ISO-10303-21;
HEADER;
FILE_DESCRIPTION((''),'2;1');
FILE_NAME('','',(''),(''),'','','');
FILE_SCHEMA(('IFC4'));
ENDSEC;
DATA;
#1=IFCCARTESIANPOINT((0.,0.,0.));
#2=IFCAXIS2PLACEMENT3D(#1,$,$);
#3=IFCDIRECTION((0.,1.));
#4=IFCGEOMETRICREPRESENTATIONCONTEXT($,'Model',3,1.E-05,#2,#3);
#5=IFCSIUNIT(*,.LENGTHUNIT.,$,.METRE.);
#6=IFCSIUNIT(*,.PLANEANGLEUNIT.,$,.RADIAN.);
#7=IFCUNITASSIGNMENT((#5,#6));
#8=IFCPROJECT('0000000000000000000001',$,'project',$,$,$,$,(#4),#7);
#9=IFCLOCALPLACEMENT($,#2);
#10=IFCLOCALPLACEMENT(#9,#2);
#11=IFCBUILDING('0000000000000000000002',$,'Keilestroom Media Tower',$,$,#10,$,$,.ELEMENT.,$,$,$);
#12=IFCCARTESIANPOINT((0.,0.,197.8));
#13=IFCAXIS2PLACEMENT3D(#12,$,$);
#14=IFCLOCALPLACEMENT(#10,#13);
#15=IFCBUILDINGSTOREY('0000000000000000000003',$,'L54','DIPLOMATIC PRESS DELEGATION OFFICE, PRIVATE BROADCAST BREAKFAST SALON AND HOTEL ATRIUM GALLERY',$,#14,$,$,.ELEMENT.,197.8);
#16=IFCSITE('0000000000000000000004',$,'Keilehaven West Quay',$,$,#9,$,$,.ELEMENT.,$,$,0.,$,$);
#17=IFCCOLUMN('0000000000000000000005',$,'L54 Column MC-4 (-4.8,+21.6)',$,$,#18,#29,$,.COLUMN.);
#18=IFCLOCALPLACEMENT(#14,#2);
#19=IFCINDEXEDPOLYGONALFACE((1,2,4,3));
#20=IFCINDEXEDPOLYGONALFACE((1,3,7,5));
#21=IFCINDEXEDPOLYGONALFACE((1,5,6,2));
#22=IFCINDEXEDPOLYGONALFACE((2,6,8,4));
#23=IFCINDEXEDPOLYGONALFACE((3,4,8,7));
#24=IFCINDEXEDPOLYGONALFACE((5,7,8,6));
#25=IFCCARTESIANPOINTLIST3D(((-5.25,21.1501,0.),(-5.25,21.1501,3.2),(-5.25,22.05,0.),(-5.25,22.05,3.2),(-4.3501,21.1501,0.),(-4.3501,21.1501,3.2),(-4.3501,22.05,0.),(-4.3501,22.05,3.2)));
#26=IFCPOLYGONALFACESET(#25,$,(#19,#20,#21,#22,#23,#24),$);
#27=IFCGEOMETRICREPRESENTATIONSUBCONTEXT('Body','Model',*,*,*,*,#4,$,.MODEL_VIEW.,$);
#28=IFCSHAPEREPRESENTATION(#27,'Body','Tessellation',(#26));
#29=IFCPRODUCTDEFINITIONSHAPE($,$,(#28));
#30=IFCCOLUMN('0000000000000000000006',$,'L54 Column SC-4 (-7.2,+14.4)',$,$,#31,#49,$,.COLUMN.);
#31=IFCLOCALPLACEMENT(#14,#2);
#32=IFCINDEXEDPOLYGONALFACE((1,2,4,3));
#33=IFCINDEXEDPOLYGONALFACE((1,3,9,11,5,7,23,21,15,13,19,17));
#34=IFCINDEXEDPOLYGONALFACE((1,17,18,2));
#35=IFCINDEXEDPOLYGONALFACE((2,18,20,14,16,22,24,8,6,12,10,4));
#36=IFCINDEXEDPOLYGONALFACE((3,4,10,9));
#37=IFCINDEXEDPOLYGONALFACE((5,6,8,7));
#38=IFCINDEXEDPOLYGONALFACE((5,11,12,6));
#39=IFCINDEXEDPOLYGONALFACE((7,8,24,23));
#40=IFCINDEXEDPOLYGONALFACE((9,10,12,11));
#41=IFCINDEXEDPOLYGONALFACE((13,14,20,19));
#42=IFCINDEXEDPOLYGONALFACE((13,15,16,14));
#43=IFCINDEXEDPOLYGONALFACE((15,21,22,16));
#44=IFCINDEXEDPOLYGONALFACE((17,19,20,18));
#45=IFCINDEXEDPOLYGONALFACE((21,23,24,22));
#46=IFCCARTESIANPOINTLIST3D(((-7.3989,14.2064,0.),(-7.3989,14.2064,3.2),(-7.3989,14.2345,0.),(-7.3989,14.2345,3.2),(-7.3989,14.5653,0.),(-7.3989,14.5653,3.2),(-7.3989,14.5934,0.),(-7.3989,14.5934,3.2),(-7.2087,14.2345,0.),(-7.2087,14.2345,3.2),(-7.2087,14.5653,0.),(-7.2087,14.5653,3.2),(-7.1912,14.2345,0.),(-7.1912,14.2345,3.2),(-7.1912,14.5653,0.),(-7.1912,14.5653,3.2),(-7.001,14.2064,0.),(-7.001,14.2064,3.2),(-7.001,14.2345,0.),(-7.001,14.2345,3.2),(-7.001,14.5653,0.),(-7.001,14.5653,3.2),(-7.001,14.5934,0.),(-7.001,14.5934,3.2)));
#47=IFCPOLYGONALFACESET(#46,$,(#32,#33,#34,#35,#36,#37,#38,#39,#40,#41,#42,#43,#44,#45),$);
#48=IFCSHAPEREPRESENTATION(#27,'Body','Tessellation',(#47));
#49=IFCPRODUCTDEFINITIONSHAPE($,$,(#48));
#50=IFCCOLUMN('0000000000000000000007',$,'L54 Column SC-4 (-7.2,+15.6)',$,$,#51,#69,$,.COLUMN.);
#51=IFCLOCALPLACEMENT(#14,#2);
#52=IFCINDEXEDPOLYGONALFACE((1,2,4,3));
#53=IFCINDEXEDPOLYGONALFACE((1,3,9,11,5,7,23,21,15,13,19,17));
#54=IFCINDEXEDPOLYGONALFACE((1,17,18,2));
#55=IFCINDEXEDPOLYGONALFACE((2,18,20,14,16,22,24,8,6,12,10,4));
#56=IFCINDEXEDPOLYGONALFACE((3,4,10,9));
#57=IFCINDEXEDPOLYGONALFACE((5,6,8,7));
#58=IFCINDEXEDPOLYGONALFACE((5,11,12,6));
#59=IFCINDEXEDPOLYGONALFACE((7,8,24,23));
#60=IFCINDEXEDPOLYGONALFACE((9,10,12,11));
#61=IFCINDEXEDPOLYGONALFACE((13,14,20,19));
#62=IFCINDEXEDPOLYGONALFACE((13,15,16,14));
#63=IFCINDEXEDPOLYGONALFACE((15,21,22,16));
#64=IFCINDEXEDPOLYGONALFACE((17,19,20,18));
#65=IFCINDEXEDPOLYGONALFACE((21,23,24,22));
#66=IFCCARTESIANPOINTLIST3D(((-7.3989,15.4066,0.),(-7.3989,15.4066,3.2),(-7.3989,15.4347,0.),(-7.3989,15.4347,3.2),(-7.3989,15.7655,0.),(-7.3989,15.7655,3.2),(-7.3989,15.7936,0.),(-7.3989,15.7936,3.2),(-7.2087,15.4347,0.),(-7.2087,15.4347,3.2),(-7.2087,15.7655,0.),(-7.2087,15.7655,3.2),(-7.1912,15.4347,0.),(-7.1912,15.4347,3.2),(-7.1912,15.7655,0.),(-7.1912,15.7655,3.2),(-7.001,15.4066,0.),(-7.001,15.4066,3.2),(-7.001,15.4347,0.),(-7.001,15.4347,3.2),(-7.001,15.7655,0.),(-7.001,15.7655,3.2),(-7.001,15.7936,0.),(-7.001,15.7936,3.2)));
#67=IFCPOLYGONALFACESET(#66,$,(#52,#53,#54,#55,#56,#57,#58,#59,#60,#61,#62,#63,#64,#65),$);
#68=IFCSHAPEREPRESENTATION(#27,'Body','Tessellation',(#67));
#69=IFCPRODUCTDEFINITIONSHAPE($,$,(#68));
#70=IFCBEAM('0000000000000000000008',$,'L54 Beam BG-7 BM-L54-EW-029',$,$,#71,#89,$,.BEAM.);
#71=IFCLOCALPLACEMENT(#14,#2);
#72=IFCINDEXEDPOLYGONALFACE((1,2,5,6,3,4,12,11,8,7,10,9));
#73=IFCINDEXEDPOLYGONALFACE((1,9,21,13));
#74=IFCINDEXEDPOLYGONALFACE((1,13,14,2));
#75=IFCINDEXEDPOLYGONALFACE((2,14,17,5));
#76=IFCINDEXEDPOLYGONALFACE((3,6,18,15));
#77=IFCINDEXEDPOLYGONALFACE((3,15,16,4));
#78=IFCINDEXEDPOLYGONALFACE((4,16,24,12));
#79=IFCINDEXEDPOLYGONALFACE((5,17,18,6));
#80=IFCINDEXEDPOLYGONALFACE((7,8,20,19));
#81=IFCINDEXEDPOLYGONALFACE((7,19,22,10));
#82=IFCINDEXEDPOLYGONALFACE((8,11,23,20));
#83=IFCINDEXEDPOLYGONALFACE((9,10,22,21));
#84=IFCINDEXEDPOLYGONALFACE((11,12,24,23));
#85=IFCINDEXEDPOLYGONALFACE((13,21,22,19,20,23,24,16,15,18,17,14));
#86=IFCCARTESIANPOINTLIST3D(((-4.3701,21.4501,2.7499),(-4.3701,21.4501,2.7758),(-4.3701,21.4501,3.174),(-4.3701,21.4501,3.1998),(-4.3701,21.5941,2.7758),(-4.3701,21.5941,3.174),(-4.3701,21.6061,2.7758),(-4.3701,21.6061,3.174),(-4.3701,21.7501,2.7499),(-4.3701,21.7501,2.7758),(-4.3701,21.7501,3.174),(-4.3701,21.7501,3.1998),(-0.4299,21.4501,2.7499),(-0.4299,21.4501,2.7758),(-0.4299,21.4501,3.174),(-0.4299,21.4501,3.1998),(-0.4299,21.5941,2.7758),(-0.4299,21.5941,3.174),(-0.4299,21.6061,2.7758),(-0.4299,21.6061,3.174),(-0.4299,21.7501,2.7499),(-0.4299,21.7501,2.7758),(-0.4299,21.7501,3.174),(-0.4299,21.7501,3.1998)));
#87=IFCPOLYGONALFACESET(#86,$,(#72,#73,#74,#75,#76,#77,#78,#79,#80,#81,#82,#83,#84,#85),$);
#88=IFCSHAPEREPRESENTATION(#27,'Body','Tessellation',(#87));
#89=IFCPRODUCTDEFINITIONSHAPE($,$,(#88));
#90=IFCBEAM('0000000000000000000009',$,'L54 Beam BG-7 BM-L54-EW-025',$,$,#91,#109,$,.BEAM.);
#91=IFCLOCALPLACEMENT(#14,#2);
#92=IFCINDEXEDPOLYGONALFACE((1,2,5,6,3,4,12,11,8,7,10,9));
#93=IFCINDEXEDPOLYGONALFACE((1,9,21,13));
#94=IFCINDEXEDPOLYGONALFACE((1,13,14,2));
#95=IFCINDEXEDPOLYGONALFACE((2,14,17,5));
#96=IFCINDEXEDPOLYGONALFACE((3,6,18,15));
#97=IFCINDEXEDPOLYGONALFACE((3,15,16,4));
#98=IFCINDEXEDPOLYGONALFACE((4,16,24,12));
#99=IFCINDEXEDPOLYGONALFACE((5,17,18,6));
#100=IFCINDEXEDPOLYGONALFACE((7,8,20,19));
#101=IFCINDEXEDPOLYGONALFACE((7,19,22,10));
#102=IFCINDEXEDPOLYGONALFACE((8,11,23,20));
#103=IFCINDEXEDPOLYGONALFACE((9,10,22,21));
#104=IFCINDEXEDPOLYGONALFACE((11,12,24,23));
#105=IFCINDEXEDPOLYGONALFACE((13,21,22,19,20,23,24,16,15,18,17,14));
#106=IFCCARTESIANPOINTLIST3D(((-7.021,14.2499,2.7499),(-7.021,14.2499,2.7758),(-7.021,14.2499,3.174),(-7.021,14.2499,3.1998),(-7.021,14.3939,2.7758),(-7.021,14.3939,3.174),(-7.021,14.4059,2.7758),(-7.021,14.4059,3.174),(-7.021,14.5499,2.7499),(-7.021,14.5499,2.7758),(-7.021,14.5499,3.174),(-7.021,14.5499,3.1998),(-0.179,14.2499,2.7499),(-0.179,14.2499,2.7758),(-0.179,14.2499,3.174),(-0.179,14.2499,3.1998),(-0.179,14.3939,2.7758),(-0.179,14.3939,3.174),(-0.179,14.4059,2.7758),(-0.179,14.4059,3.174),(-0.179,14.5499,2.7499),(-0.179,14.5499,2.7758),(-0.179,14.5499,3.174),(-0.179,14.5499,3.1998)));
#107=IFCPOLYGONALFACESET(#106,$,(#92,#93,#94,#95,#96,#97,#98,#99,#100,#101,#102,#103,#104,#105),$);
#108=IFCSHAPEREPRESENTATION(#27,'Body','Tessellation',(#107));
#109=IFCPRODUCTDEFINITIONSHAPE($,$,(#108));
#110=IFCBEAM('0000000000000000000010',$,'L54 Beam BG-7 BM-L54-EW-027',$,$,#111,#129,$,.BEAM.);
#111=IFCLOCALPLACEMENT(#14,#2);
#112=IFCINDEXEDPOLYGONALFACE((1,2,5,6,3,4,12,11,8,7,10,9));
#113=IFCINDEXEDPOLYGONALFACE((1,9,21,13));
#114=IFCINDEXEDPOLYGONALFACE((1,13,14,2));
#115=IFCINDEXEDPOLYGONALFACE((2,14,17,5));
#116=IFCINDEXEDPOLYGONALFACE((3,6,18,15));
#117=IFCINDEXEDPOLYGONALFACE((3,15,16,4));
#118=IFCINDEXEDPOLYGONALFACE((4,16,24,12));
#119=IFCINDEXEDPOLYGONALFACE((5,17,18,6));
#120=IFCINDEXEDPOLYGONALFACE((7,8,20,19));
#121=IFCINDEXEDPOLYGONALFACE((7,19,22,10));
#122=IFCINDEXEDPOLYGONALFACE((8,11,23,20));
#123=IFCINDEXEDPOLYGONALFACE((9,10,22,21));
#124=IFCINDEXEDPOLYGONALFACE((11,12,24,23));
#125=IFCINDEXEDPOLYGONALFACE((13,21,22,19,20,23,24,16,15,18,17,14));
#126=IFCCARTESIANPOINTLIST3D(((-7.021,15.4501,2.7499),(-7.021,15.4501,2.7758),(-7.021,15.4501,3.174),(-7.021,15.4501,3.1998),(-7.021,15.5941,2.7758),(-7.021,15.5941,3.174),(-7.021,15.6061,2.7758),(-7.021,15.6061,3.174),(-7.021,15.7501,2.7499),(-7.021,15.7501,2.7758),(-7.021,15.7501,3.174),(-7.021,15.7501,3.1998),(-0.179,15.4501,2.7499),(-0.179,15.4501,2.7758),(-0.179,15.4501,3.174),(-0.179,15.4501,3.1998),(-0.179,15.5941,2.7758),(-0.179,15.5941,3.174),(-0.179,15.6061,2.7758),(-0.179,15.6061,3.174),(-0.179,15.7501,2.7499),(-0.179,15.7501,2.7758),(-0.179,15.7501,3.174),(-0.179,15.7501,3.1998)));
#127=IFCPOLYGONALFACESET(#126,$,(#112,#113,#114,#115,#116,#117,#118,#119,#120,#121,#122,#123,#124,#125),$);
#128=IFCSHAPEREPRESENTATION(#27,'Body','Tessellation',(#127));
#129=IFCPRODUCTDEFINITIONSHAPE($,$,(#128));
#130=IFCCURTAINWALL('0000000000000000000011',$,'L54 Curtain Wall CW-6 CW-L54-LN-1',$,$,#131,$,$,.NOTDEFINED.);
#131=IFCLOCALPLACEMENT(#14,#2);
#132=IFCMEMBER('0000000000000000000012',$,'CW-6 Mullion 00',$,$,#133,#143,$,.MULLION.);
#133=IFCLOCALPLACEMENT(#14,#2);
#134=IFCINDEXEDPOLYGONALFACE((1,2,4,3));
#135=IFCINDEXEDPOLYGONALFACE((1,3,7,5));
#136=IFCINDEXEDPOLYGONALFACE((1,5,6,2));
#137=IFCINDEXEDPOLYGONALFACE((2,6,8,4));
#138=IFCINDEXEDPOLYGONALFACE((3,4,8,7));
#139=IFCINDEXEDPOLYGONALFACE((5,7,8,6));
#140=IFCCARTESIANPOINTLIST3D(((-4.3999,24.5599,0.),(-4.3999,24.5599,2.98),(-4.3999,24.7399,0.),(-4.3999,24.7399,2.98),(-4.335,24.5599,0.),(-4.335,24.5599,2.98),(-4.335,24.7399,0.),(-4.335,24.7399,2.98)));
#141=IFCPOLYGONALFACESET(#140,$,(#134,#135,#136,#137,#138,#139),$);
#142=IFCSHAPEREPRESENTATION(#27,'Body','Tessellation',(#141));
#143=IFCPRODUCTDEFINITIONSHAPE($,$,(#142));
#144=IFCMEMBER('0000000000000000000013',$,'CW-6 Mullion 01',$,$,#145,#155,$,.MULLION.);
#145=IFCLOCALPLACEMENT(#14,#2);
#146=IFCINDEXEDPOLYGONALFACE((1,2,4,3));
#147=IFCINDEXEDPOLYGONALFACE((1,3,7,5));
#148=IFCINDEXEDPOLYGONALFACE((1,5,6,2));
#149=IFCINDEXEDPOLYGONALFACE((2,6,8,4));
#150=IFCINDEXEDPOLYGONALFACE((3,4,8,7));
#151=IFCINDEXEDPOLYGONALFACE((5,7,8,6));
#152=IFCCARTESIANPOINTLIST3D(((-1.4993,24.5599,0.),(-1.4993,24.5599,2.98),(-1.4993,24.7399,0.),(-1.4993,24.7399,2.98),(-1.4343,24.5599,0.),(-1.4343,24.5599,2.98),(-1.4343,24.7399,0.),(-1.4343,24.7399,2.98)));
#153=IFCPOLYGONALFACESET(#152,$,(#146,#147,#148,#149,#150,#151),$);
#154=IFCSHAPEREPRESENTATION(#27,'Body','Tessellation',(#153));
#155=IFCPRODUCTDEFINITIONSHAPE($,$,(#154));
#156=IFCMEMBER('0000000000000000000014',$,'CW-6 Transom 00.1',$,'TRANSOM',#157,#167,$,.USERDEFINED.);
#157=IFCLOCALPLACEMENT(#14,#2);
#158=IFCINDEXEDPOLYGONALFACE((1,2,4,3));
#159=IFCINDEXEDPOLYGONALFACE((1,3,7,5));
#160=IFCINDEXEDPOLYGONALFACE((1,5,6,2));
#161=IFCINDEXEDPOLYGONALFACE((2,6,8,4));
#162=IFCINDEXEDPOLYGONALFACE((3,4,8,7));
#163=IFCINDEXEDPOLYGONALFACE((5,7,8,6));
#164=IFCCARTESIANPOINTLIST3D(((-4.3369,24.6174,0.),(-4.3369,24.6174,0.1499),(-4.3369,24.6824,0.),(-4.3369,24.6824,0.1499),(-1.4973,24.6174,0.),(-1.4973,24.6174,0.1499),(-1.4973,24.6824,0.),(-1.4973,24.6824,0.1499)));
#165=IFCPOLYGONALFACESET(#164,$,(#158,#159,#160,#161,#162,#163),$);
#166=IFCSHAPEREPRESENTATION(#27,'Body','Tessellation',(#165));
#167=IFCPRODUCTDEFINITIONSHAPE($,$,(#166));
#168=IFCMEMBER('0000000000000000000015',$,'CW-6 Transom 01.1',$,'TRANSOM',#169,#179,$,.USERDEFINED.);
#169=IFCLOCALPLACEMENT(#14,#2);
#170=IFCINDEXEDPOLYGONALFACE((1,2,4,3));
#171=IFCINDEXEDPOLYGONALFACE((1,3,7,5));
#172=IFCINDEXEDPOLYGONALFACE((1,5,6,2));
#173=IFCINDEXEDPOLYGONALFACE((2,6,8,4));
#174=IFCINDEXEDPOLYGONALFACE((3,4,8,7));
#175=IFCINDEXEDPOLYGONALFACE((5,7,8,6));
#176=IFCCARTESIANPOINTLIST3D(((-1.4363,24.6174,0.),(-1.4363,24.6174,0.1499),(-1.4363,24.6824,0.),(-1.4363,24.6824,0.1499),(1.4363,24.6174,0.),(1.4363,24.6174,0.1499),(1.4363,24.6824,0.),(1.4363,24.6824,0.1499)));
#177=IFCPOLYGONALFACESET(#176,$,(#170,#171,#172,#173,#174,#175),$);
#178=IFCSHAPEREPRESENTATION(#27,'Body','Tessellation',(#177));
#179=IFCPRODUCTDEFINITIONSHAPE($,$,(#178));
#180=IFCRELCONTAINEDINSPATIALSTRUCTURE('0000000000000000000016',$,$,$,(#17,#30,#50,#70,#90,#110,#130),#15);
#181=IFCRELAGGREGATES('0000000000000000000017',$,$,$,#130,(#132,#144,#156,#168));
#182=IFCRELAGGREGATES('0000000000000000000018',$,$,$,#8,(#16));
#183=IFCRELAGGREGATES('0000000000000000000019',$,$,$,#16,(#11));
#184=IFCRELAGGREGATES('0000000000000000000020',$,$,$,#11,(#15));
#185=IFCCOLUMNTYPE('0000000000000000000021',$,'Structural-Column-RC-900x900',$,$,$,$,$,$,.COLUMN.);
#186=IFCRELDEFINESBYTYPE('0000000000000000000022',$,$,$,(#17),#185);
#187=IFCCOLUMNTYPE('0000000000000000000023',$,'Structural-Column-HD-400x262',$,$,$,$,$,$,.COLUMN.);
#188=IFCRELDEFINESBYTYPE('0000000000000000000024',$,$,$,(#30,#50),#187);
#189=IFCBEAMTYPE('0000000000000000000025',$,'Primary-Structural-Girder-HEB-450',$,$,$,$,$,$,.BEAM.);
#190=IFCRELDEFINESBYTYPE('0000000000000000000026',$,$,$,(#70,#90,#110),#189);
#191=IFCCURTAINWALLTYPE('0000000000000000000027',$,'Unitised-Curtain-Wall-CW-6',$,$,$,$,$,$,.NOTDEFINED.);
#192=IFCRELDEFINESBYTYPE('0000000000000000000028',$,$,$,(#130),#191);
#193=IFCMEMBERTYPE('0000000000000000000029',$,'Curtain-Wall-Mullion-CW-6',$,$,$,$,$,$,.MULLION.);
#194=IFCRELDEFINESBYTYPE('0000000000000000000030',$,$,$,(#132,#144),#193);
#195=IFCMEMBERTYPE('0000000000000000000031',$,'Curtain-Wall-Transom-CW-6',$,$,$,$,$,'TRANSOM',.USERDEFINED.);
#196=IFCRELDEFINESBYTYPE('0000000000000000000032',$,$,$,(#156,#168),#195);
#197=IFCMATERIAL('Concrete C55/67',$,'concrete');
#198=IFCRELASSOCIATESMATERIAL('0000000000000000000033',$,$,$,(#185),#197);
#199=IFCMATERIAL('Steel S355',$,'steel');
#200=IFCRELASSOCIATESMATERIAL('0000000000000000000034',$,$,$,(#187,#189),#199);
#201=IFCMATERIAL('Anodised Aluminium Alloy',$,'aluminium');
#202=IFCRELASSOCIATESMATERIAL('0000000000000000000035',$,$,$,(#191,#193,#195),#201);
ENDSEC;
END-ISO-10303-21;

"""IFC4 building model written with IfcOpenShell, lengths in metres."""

from ifc_helpers import new_model, si_unit, direction, frame, origin, origin_2d, place, context, subcontext, project, spatial, rectangle, i_section, extrude, source, transform, mapped, material, material_profile, profile_set, type_object, element, aggregate, save


model = new_model("IFC4")

# Units and contexts
model_context = context("Model", 3, precision=1e-05, world=origin(), true_north=direction((0.0, 1.0)))
body_context = subcontext(model_context, "Body", "Model", "MODEL_VIEW")
ifc_project = project(units=[si_unit("LENGTHUNIT", "METRE"), si_unit("PLANEANGLEUNIT", "RADIAN")], contexts=[model_context])

# Site, building, storey
site_placement = place(None, origin())
site = spatial("IfcSite", under=ifc_project, at=site_placement, Name="Keilehaven West Quay", CompositionType="ELEMENT", RefElevation=0.0)
building_placement = place(site_placement, origin())
building = spatial("IfcBuilding", under=site, at=building_placement, Name="Keilestroom Media Tower", CompositionType="ELEMENT")
storey_placement = place(building_placement, frame((0.0, 0.0, 197.8)))
storey = spatial("IfcBuildingStorey", under=building, at=storey_placement, Name="L54", Description="DIPLOMATIC PRESS DELEGATION OFFICE, PRIVATE BROADCAST BREAKFAST SALON AND HOTEL ATRIUM GALLERY", CompositionType="ELEMENT", Elevation=197.8)

# Columns
ifc_material_1 = material(Name="Concrete C55/67", Category="concrete")
ifc_material_profile_1 = material_profile(ifc_material_1, rectangle(XDim=0.8999, YDim=0.8999, at=origin_2d()), Name="RC 900x900")
ifc_profile_set_1 = profile_set([ifc_material_profile_1], Name="Concrete C55/67")
column_type_1 = type_object("IfcColumnType", Name="Structural-Column-RC-900x900", PredefinedType="COLUMN", material=ifc_profile_set_1)
shared_shape_1 = source(origin(), body_context, "Body", "SweptSolid", [
    extrude(rectangle(XDim=0.8999, YDim=0.8999, at=origin_2d()), origin(), (0.0, 0.0, 1.0), 3.2),
])
column_placement = place(storey_placement, frame((-4.8, 21.6001, 0.0), z_axis=(0.0, 0.0, 1.0), x_axis=(1.0, 0.0, 0.0)))
element("IfcColumn", 1, at=column_placement, inside=storey, type_object=column_type_1, Name="L54 Column MC-4 (-4.8,+21.6)", PredefinedType="COLUMN", context=body_context, shape_type="MappedRepresentation", body=[
    mapped(shared_shape_1, transform((0.0, 0.0, 0.0), x_axis=(1.0, 0.0, 0.0), y_axis=(0.0, 1.0, 0.0), z_axis=(0.0, 0.0, 1.0), scale=1.0)),
])
ifc_material_2 = material(Name="Steel S355", Category="steel")
ifc_material_profile_2 = material_profile(ifc_material_2, i_section(OverallWidth=0.3979, OverallDepth=0.387, WebThickness=0.0176, FlangeThickness=0.0281, at=origin_2d()), Name="HD 400x262")
ifc_profile_set_2 = profile_set([ifc_material_profile_2], Name="Steel S355")
column_type_2 = type_object("IfcColumnType", Name="Structural-Column-HD-400x262", PredefinedType="COLUMN", material=ifc_profile_set_2)
shared_shape_2 = source(origin(), body_context, "Body", "SweptSolid", [
    extrude(i_section(OverallWidth=0.3979, OverallDepth=0.387, WebThickness=0.0176, FlangeThickness=0.0281, at=origin_2d()), origin(), (0.0, 0.0, 1.0), 3.2),
])
for number, where, z_axis, x_axis, name in (
    (2, (-7.2, 14.3999, 0.0), (0.0, 0.0, 1.0), (1.0, 0.0, 0.0), "L54 Column SC-4 (-7.2,+14.4)"),
    (3, (-7.2, 15.6001, 0.0), (0.0, 0.0, 1.0), (1.0, 0.0, 0.0), "L54 Column SC-4 (-7.2,+15.6)"),
):
    element("IfcColumn", number, at=place(storey_placement, frame(where, z_axis=z_axis, x_axis=x_axis)), inside=storey, type_object=column_type_2, Name=name, PredefinedType="COLUMN", context=body_context, shape_type="MappedRepresentation", body=[
        mapped(shared_shape_2, transform((0.0, 0.0, 0.0), x_axis=(1.0, 0.0, 0.0), y_axis=(0.0, 1.0, 0.0), z_axis=(0.0, 0.0, 1.0), scale=1.0)),
    ])

# Beams
ifc_material_profile_3 = material_profile(ifc_material_2, i_section(OverallWidth=0.3, OverallDepth=0.45, WebThickness=0.012, FlangeThickness=0.0259, at=origin_2d()), Name="HEB 450")
ifc_profile_set_3 = profile_set([ifc_material_profile_3], Name="Steel S355")
beam_type = type_object("IfcBeamType", Name="Primary-Structural-Girder-HEB-450", PredefinedType="BEAM", material=ifc_profile_set_3)
shared_shape_3 = source(origin(), body_context, "Body", "SweptSolid", [
    extrude(i_section(OverallWidth=0.3, OverallDepth=0.45, WebThickness=0.012, FlangeThickness=0.0259, at=origin_2d()), origin(), (0.0, 0.0, 1.0), 3.9402),
])
beam_placement = place(storey_placement, frame((-4.3701, 21.6001, 2.9749), z_axis=(1.0, 0.0, 0.0), x_axis=(0.0, 1.0, 0.0)))
element("IfcBeam", 4, at=beam_placement, inside=storey, type_object=beam_type, Name="L54 Beam BG-7 BM-L54-EW-029", PredefinedType="BEAM", context=body_context, shape_type="MappedRepresentation", body=[
    mapped(shared_shape_3, transform((0.0, 0.0, 0.0), x_axis=(1.0, 0.0, 0.0), y_axis=(0.0, 1.0, 0.0), z_axis=(0.0, 0.0, 1.0), scale=1.0)),
])
shared_shape_4 = source(origin(), body_context, "Body", "SweptSolid", [
    extrude(i_section(OverallWidth=0.3, OverallDepth=0.45, WebThickness=0.012, FlangeThickness=0.0259, at=origin_2d()), origin(), (0.0, 0.0, 1.0), 6.842),
])
for number, where, z_axis, x_axis, name in (
    (5, (-7.021, 14.3999, 2.9749), (1.0, 0.0, 0.0), (0.0, 1.0, 0.0), "L54 Beam BG-7 BM-L54-EW-025"),
    (6, (-7.021, 15.6001, 2.9749), (1.0, 0.0, 0.0), (0.0, 1.0, 0.0), "L54 Beam BG-7 BM-L54-EW-027"),
):
    element("IfcBeam", number, at=place(storey_placement, frame(where, z_axis=z_axis, x_axis=x_axis)), inside=storey, type_object=beam_type, Name=name, PredefinedType="BEAM", context=body_context, shape_type="MappedRepresentation", body=[
        mapped(shared_shape_4, transform((0.0, 0.0, 0.0), x_axis=(1.0, 0.0, 0.0), y_axis=(0.0, 1.0, 0.0), z_axis=(0.0, 0.0, 1.0), scale=1.0)),
    ])

# Curtain wall, members
ifc_material_3 = material(Name="Anodised Aluminium Alloy", Category="aluminium")
curtain_wall_type = type_object("IfcCurtainWallType", Name="Unitised-Curtain-Wall-CW-6", PredefinedType="NOTDEFINED", material=ifc_material_3)
curtain_wall_placement = place(storey_placement, origin())
curtain_wall = element("IfcCurtainWall", 7, at=curtain_wall_placement, inside=storey, type_object=curtain_wall_type, Name="L54 Curtain Wall CW-6 CW-L54-LN-1", PredefinedType="NOTDEFINED")
ifc_material_profile_4 = material_profile(ifc_material_3, rectangle(XDim=0.0649, YDim=0.1799, at=origin_2d()), Name="ALU MULLION 65x180")
ifc_profile_set_4 = profile_set([ifc_material_profile_4], Name="Anodised Aluminium Alloy")
member_type_1 = type_object("IfcMemberType", Name="Curtain-Wall-Mullion-CW-6", PredefinedType="MULLION", material=ifc_profile_set_4)
shared_shape_5 = source(origin(), body_context, "Body", "SweptSolid", [
    extrude(rectangle(XDim=0.0649, YDim=0.1799, at=origin_2d()), origin(), (0.0, 0.0, 1.0), 2.98),
])
member_1_placement = place(storey_placement, frame((-4.3674, 24.6499, 0.0), z_axis=(0.0, 0.0, 1.0), x_axis=(1.0, 0.0, 0.0)))
member_1 = element("IfcMember", 8, at=member_1_placement, type_object=member_type_1, Name="CW-6 Mullion 00", PredefinedType="MULLION", context=body_context, shape_type="MappedRepresentation", body=[
    mapped(shared_shape_5, transform((0.0, 0.0, 0.0), x_axis=(1.0, 0.0, 0.0), y_axis=(0.0, 1.0, 0.0), z_axis=(0.0, 0.0, 1.0), scale=1.0)),
])
member_2_placement = place(storey_placement, frame((-1.4668, 24.6499, 0.0), z_axis=(0.0, 0.0, 1.0), x_axis=(1.0, 0.0, 0.0)))
member_2 = element("IfcMember", 9, at=member_2_placement, type_object=member_type_1, Name="CW-6 Mullion 01", PredefinedType="MULLION", context=body_context, shape_type="MappedRepresentation", body=[
    mapped(shared_shape_5, transform((0.0, 0.0, 0.0), x_axis=(1.0, 0.0, 0.0), y_axis=(0.0, 1.0, 0.0), z_axis=(0.0, 0.0, 1.0), scale=1.0)),
])
ifc_material_profile_5 = material_profile(ifc_material_3, rectangle(XDim=0.0649, YDim=0.1499, at=origin_2d()), Name="ALU TRANSOM 65x150")
ifc_profile_set_5 = profile_set([ifc_material_profile_5], Name="Anodised Aluminium Alloy")
member_type_2 = type_object("IfcMemberType", Name="Curtain-Wall-Transom-CW-6", ElementType="TRANSOM", PredefinedType="USERDEFINED", material=ifc_profile_set_5)
shared_shape_6 = source(origin(), body_context, "Body", "SweptSolid", [
    extrude(rectangle(XDim=0.0649, YDim=0.1499, at=origin_2d()), origin(), (0.0, 0.0, 1.0), 2.8396),
])
member_3_placement = place(storey_placement, frame((-4.3369, 24.6499, 0.075), z_axis=(1.0, 0.0, 0.0), x_axis=(0.0, 1.0, 0.0)))
member_3 = element("IfcMember", 10, at=member_3_placement, type_object=member_type_2, Name="CW-6 Transom 00.1", ObjectType="TRANSOM", PredefinedType="USERDEFINED", context=body_context, shape_type="MappedRepresentation", body=[
    mapped(shared_shape_6, transform((0.0, 0.0, 0.0), x_axis=(1.0, 0.0, 0.0), y_axis=(0.0, 1.0, 0.0), z_axis=(0.0, 0.0, 1.0), scale=1.0)),
])
shared_shape_7 = source(origin(), body_context, "Body", "SweptSolid", [
    extrude(rectangle(XDim=0.0649, YDim=0.1499, at=origin_2d()), origin(), (0.0, 0.0, 1.0), 2.8726),
])
member_4_placement = place(storey_placement, frame((-1.4363, 24.6499, 0.075), z_axis=(1.0, 0.0, 0.0), x_axis=(0.0, 1.0, 0.0)))
member_4 = element("IfcMember", 11, at=member_4_placement, type_object=member_type_2, Name="CW-6 Transom 01.1", ObjectType="TRANSOM", PredefinedType="USERDEFINED", context=body_context, shape_type="MappedRepresentation", body=[
    mapped(shared_shape_7, transform((0.0, 0.0, 0.0), x_axis=(1.0, 0.0, 0.0), y_axis=(0.0, 1.0, 0.0), z_axis=(0.0, 0.0, 1.0), scale=1.0)),
])
aggregate(curtain_wall, [member_1, member_2, member_3, member_4])

save(model, "model.ifc")
